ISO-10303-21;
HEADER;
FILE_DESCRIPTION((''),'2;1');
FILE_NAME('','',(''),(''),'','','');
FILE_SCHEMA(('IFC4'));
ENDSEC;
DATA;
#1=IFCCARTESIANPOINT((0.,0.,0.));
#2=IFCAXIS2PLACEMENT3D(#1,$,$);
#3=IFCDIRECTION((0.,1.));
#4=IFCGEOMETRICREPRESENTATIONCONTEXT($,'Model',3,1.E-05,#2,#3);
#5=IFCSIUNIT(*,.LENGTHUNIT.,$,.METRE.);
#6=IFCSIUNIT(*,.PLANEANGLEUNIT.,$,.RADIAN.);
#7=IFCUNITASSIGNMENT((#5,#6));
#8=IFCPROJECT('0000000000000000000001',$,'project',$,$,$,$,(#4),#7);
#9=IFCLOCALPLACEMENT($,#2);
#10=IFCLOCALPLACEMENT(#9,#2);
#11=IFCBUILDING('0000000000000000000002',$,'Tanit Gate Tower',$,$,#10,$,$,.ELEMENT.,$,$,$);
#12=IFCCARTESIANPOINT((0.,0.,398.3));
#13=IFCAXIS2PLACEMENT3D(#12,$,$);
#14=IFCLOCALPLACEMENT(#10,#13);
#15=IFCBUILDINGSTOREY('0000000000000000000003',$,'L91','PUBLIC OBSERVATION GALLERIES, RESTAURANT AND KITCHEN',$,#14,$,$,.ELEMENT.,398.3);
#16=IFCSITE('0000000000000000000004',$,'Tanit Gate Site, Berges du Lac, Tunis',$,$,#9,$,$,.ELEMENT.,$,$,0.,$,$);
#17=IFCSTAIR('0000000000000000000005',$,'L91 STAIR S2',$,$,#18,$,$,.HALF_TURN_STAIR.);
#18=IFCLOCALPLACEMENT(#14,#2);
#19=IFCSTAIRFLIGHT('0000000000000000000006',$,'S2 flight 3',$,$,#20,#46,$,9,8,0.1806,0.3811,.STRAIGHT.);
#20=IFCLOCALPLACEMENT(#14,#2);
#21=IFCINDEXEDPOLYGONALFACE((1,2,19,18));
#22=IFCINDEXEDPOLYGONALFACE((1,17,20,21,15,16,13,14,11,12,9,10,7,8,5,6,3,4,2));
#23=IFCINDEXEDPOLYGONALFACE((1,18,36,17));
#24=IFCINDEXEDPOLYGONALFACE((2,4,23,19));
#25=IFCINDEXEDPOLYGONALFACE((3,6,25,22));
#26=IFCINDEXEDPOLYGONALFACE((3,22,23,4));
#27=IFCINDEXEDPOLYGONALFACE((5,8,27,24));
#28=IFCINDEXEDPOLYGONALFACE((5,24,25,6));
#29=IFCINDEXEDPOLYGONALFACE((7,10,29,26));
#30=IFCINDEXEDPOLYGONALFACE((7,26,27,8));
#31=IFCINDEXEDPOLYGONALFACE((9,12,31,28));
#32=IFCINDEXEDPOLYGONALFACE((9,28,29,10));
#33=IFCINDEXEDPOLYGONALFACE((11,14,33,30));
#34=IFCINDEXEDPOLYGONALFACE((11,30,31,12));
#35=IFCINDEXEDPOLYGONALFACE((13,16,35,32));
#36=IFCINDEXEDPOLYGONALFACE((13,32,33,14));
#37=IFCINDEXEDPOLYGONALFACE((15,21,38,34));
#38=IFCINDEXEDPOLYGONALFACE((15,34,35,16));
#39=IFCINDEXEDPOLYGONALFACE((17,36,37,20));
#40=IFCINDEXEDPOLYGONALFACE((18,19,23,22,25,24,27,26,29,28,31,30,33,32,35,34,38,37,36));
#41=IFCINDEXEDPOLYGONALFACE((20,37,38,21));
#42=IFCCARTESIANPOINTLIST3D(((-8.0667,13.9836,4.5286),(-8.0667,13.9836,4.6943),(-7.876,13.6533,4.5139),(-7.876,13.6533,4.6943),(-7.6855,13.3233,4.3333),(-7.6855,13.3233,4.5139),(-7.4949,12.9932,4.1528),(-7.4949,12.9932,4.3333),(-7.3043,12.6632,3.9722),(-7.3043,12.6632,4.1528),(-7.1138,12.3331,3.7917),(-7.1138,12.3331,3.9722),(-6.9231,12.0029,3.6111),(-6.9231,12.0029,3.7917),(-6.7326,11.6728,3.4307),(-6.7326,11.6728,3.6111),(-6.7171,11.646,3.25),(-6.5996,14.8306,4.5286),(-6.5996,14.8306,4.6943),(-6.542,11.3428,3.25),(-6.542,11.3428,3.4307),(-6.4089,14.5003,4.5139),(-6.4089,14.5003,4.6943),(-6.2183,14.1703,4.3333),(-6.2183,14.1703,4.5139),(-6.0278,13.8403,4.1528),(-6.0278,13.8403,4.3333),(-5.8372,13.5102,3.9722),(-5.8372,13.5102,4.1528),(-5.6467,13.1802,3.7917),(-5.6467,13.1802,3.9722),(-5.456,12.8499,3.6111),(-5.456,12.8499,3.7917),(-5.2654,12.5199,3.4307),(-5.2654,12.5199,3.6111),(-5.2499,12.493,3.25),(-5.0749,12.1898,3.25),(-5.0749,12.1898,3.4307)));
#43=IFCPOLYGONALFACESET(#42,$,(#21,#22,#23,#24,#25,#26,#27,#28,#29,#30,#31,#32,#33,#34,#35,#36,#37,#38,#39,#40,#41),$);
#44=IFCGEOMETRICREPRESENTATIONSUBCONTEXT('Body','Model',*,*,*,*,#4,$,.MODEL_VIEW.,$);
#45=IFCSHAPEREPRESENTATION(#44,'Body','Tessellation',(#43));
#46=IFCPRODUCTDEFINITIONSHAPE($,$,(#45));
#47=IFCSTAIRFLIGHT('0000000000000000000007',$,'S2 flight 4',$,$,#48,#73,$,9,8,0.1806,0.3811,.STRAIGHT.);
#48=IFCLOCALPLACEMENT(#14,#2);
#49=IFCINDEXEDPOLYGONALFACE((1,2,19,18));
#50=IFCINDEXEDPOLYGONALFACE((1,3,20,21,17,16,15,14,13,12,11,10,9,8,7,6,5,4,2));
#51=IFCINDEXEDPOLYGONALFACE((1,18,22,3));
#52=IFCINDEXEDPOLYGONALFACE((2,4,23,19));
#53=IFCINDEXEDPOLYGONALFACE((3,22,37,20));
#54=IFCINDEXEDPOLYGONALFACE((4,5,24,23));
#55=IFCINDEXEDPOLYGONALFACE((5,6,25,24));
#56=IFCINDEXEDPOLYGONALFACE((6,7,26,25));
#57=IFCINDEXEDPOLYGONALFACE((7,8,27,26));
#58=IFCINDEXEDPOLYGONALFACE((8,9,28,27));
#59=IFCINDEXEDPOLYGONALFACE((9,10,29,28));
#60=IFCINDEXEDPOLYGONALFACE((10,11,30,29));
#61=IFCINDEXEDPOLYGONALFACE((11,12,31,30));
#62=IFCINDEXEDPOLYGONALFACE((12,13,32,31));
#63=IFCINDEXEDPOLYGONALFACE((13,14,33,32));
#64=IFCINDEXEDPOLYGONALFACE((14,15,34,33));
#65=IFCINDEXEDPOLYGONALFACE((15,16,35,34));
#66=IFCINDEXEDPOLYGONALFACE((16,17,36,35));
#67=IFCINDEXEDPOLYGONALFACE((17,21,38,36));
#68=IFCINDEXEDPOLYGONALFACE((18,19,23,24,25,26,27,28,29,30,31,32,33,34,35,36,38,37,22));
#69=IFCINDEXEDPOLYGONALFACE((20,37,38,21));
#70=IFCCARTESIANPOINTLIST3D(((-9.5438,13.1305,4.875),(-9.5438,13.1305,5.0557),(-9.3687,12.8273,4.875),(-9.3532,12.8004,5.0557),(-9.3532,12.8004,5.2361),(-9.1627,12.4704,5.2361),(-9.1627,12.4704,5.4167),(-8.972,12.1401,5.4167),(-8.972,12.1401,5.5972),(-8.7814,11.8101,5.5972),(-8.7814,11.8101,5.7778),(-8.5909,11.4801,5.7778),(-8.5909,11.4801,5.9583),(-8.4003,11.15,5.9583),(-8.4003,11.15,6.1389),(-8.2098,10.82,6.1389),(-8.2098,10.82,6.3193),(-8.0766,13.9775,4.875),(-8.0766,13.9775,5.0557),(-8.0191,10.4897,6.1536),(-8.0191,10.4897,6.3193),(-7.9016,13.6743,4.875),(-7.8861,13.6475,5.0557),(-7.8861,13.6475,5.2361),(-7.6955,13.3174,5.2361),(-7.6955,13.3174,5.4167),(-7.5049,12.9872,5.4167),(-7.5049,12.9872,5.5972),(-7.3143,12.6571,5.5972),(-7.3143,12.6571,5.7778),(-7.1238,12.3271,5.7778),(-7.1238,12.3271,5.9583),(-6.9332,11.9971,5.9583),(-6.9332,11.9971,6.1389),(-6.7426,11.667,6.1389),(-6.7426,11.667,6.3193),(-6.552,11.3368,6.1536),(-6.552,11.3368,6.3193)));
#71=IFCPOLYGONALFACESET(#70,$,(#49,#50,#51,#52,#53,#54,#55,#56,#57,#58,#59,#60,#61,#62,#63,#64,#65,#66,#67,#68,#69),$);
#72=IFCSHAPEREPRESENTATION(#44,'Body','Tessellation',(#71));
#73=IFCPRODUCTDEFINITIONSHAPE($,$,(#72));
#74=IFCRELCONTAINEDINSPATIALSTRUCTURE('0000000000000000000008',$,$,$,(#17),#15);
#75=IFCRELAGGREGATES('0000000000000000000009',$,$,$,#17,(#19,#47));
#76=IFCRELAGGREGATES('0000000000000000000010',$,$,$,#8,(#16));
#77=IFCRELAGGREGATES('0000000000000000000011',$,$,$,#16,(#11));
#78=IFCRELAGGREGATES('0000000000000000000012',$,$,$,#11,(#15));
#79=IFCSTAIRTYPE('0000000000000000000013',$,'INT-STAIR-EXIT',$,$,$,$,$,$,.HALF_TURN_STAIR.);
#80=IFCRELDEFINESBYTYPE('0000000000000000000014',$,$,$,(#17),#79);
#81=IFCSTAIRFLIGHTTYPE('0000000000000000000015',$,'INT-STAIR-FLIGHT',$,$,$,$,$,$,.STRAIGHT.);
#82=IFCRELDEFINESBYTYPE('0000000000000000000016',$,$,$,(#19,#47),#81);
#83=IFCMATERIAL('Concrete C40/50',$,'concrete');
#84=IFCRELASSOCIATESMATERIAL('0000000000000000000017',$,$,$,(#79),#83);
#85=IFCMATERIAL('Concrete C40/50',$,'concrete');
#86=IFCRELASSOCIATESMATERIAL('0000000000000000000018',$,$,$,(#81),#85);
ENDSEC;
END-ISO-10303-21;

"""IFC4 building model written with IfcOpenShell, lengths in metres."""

from ifc_helpers import new_model, si_unit, direction, frame, origin, place, context, subcontext, project, spatial, polyline, outline, extrude, material, type_object, element, aggregate, save


model = new_model("IFC4")

# Units and contexts
model_context = context("Model", 3, precision=1e-05, world=origin(), true_north=direction((0.0, 1.0)))
body_context = subcontext(model_context, "Body", "Model", "MODEL_VIEW")
ifc_project = project(units=[si_unit("LENGTHUNIT", "METRE"), si_unit("PLANEANGLEUNIT", "RADIAN")], contexts=[model_context])

# Site, building, storey
site_placement = place(None, origin())
site = spatial("IfcSite", under=ifc_project, at=site_placement, Name="Tanit Gate Site, Berges du Lac, Tunis", CompositionType="ELEMENT", RefElevation=0.0)
building_placement = place(site_placement, origin())
building = spatial("IfcBuilding", under=site, at=building_placement, Name="Tanit Gate Tower", CompositionType="ELEMENT")
storey_placement = place(building_placement, frame((0.0, 0.0, 398.3)))
storey = spatial("IfcBuildingStorey", under=building, at=storey_placement, Name="L91", Description="PUBLIC OBSERVATION GALLERIES, RESTAURANT AND KITCHEN", CompositionType="ELEMENT", Elevation=398.3)

# Stair, stair flights
ifc_material_1 = material(Name="Concrete C40/50", Category="concrete")
stair_type = type_object("IfcStairType", Name="INT-STAIR-EXIT", PredefinedType="HALF_TURN_STAIR", material=ifc_material_1)
stair_placement = place(storey_placement, origin())
stair = element("IfcStair", 1, at=stair_placement, inside=storey, type_object=stair_type, Name="L91 STAIR S2", PredefinedType="HALF_TURN_STAIR")
ifc_material_2 = material(Name="Concrete C40/50", Category="concrete")
stair_flight_type = type_object("IfcStairFlightType", Name="INT-STAIR-FLIGHT", PredefinedType="STRAIGHT", material=ifc_material_2)
stair_flight_1_placement = place(storey_placement, frame((-5.8083, 11.7664, 3.25), z_axis=(0.0, 0.0, 1.0), x_axis=(-0.5, 0.866025, 0.0)))
stair_flight_1 = element("IfcStairFlight", 2, at=stair_flight_1_placement, type_object=stair_flight_type, Name="S2 flight 3", NumberOfRisers=9, NumberOfTreads=8, PredefinedType="STRAIGHT", RiserHeight=0.1806, TreadLength=0.3811, context=body_context, shape_type="SweptSolid", body=[
    extrude(outline(polyline([(0.0, 0.0), (0.0, 0.1807), (0.3811, 0.1807), (0.3811, 0.3611), (0.7622, 0.3611), (0.7622, 0.5417), (1.1436, 0.5417), (1.1436, 0.7222), (1.5247, 0.7222), (1.5247, 0.9028), (1.9058, 0.9028), (1.9058, 1.0833), (2.2869, 1.0833), (2.2869, 1.2639), (2.668, 1.2639), (2.668, 1.4443), (3.0493, 1.4443), (3.0493, 1.625), (3.0493, 1.2786), (0.3501, 0.0), (0.0, 0.0)])), frame((0.0, 0.8472, 0.0), z_axis=(0.0, -1.0, 0.0), x_axis=(1.0, 0.0, 0.0)), (0.0, 0.0, 1.0), 1.6941),
])
stair_flight_2_placement = place(storey_placement, frame((-8.8103, 13.554, 4.875), z_axis=(0.0, 0.0, 1.0), x_axis=(0.5, -0.866025, 0.0)))
stair_flight_2 = element("IfcStairFlight", 3, at=stair_flight_2_placement, type_object=stair_flight_type, Name="S2 flight 4", NumberOfRisers=9, NumberOfTreads=8, PredefinedType="STRAIGHT", RiserHeight=0.1806, TreadLength=0.3811, context=body_context, shape_type="SweptSolid", body=[
    extrude(outline(polyline([(0.0, 0.0), (0.0, 0.1807), (0.3811, 0.1807), (0.3811, 0.3611), (0.7622, 0.3611), (0.7622, 0.5417), (1.1436, 0.5417), (1.1436, 0.7222), (1.5247, 0.7222), (1.5247, 0.9028), (1.9058, 0.9028), (1.9058, 1.0833), (2.2869, 1.0833), (2.2869, 1.2639), (2.668, 1.2639), (2.668, 1.4443), (3.0493, 1.4443), (3.0493, 1.625), (3.0493, 1.2786), (0.3501, 0.0), (0.0, 0.0)])), frame((0.0, 0.8472, 0.0), z_axis=(0.0, -1.0, 0.0), x_axis=(1.0, 0.0, 0.0)), (0.0, 0.0, 1.0), 1.6941),
])
aggregate(stair, [stair_flight_1, stair_flight_2])

save(model, "model.ifc")
